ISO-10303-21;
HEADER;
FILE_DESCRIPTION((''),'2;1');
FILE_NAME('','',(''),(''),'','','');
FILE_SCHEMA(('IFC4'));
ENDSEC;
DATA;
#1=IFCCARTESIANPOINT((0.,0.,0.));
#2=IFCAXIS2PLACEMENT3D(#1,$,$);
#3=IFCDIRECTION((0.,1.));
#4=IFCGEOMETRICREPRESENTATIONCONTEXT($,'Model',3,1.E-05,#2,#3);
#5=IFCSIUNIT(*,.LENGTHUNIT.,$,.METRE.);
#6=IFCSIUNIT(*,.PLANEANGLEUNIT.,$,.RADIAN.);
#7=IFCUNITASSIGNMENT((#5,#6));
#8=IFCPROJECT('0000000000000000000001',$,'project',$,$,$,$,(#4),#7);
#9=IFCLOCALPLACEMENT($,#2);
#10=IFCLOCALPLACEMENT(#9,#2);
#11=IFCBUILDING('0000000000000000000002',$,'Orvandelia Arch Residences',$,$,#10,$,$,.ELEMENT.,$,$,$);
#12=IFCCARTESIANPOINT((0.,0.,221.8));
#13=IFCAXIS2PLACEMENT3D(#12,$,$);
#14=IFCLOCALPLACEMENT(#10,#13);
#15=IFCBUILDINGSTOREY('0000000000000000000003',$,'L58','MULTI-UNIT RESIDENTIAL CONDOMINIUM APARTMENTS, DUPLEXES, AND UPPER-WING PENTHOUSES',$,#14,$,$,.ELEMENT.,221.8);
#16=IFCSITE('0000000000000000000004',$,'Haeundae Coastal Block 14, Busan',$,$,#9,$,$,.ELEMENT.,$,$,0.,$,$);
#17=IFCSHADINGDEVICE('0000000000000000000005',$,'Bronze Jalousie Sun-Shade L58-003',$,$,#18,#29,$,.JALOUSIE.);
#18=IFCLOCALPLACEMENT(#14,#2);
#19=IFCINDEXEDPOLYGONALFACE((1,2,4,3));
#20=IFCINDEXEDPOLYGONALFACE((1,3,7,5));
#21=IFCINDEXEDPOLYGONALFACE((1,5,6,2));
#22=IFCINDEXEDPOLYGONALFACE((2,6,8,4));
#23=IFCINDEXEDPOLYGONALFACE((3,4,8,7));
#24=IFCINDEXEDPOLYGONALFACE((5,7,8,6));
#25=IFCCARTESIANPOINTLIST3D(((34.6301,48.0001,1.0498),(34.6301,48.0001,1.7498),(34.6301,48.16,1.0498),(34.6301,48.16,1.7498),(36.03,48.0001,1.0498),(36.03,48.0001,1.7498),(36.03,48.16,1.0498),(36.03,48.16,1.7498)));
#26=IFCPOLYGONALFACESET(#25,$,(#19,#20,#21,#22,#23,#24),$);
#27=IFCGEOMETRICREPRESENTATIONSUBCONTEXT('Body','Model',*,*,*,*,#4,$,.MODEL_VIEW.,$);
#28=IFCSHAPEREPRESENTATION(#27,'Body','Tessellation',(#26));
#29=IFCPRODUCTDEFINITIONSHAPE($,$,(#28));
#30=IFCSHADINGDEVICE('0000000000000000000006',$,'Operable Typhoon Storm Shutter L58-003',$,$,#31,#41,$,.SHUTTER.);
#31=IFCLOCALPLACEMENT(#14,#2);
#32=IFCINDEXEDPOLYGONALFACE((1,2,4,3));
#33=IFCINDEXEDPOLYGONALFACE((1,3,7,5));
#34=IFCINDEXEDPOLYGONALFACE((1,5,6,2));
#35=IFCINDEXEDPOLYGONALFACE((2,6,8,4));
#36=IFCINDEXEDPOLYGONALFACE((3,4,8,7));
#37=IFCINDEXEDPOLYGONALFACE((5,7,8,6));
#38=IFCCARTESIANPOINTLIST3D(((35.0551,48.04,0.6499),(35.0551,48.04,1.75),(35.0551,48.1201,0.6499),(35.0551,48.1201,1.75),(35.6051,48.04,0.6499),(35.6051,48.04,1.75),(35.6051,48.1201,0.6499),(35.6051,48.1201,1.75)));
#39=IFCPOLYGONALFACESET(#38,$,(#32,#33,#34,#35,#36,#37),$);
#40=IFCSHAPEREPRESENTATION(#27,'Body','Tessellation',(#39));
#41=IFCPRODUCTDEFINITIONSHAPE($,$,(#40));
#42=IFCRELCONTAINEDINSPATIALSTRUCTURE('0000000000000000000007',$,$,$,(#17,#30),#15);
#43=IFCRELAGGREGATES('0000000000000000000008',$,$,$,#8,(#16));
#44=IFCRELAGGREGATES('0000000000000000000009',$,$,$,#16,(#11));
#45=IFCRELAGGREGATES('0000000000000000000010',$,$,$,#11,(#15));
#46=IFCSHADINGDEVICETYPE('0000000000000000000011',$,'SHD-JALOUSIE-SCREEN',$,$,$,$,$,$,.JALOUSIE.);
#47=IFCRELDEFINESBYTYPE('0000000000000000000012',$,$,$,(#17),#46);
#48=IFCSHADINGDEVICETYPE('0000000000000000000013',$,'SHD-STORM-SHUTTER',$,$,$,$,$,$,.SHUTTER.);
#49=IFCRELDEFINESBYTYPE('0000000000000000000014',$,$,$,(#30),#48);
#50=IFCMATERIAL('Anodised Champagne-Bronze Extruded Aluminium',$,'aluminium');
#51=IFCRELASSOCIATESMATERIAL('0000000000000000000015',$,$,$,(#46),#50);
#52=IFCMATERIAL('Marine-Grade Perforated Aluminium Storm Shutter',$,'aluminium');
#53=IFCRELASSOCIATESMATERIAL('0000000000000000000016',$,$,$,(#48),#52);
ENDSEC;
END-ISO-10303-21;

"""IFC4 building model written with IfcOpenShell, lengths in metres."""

from ifc_helpers import new_model, si_unit, direction, frame, origin, origin_2d, place, context, subcontext, project, spatial, rectangle, extrude, material, type_object, element, save


model = new_model("IFC4")

# Units and contexts
model_context = context("Model", 3, precision=1e-05, world=origin(), true_north=direction((0.0, 1.0)))
body_context = subcontext(model_context, "Body", "Model", "MODEL_VIEW")
ifc_project = project(units=[si_unit("LENGTHUNIT", "METRE"), si_unit("PLANEANGLEUNIT", "RADIAN")], contexts=[model_context])

# Site, building, storey
site_placement = place(None, origin())
site = spatial("IfcSite", under=ifc_project, at=site_placement, Name="Haeundae Coastal Block 14, Busan", CompositionType="ELEMENT", RefElevation=0.0)
building_placement = place(site_placement, origin())
building = spatial("IfcBuilding", under=site, at=building_placement, Name="Orvandelia Arch Residences", CompositionType="ELEMENT")
storey_placement = place(building_placement, frame((0.0, 0.0, 221.8)))
storey = spatial("IfcBuildingStorey", under=building, at=storey_placement, Name="L58", Description="MULTI-UNIT RESIDENTIAL CONDOMINIUM APARTMENTS, DUPLEXES, AND UPPER-WING PENTHOUSES", CompositionType="ELEMENT", Elevation=221.8)

# Shading devices
ifc_material_1 = material(Name="Anodised Champagne-Bronze Extruded Aluminium", Category="aluminium")
shading_device_type_1 = type_object("IfcShadingDeviceType", Name="SHD-JALOUSIE-SCREEN", PredefinedType="JALOUSIE", material=ifc_material_1)
shading_device_1_placement = place(storey_placement, frame((35.3301, 48.0801, 1.0498), z_axis=(0.0, 0.0, 1.0), x_axis=(1.0, 0.0, 0.0)))
element("IfcShadingDevice", 1, at=shading_device_1_placement, inside=storey, type_object=shading_device_type_1, Name="Bronze Jalousie Sun-Shade L58-003", PredefinedType="JALOUSIE", context=body_context, shape_type="SweptSolid", body=[
    extrude(rectangle(XDim=1.3999, YDim=0.1599, at=origin_2d()), origin(), (0.0, 0.0, 1.0), 0.7),
])
ifc_material_2 = material(Name="Marine-Grade Perforated Aluminium Storm Shutter", Category="aluminium")
shading_device_type_2 = type_object("IfcShadingDeviceType", Name="SHD-STORM-SHUTTER", PredefinedType="SHUTTER", material=ifc_material_2)
shading_device_2_placement = place(storey_placement, frame((35.3301, 48.0801, 0.6499), z_axis=(0.0, 0.0, 1.0), x_axis=(1.0, 0.0, 0.0)))
element("IfcShadingDevice", 2, at=shading_device_2_placement, inside=storey, type_object=shading_device_type_2, Name="Operable Typhoon Storm Shutter L58-003", PredefinedType="SHUTTER", context=body_context, shape_type="SweptSolid", body=[
    extrude(rectangle(XDim=0.55, YDim=0.0801, at=origin_2d()), origin(), (0.0, 0.0, 1.0), 1.1001),
])

save(model, "model.ifc")
